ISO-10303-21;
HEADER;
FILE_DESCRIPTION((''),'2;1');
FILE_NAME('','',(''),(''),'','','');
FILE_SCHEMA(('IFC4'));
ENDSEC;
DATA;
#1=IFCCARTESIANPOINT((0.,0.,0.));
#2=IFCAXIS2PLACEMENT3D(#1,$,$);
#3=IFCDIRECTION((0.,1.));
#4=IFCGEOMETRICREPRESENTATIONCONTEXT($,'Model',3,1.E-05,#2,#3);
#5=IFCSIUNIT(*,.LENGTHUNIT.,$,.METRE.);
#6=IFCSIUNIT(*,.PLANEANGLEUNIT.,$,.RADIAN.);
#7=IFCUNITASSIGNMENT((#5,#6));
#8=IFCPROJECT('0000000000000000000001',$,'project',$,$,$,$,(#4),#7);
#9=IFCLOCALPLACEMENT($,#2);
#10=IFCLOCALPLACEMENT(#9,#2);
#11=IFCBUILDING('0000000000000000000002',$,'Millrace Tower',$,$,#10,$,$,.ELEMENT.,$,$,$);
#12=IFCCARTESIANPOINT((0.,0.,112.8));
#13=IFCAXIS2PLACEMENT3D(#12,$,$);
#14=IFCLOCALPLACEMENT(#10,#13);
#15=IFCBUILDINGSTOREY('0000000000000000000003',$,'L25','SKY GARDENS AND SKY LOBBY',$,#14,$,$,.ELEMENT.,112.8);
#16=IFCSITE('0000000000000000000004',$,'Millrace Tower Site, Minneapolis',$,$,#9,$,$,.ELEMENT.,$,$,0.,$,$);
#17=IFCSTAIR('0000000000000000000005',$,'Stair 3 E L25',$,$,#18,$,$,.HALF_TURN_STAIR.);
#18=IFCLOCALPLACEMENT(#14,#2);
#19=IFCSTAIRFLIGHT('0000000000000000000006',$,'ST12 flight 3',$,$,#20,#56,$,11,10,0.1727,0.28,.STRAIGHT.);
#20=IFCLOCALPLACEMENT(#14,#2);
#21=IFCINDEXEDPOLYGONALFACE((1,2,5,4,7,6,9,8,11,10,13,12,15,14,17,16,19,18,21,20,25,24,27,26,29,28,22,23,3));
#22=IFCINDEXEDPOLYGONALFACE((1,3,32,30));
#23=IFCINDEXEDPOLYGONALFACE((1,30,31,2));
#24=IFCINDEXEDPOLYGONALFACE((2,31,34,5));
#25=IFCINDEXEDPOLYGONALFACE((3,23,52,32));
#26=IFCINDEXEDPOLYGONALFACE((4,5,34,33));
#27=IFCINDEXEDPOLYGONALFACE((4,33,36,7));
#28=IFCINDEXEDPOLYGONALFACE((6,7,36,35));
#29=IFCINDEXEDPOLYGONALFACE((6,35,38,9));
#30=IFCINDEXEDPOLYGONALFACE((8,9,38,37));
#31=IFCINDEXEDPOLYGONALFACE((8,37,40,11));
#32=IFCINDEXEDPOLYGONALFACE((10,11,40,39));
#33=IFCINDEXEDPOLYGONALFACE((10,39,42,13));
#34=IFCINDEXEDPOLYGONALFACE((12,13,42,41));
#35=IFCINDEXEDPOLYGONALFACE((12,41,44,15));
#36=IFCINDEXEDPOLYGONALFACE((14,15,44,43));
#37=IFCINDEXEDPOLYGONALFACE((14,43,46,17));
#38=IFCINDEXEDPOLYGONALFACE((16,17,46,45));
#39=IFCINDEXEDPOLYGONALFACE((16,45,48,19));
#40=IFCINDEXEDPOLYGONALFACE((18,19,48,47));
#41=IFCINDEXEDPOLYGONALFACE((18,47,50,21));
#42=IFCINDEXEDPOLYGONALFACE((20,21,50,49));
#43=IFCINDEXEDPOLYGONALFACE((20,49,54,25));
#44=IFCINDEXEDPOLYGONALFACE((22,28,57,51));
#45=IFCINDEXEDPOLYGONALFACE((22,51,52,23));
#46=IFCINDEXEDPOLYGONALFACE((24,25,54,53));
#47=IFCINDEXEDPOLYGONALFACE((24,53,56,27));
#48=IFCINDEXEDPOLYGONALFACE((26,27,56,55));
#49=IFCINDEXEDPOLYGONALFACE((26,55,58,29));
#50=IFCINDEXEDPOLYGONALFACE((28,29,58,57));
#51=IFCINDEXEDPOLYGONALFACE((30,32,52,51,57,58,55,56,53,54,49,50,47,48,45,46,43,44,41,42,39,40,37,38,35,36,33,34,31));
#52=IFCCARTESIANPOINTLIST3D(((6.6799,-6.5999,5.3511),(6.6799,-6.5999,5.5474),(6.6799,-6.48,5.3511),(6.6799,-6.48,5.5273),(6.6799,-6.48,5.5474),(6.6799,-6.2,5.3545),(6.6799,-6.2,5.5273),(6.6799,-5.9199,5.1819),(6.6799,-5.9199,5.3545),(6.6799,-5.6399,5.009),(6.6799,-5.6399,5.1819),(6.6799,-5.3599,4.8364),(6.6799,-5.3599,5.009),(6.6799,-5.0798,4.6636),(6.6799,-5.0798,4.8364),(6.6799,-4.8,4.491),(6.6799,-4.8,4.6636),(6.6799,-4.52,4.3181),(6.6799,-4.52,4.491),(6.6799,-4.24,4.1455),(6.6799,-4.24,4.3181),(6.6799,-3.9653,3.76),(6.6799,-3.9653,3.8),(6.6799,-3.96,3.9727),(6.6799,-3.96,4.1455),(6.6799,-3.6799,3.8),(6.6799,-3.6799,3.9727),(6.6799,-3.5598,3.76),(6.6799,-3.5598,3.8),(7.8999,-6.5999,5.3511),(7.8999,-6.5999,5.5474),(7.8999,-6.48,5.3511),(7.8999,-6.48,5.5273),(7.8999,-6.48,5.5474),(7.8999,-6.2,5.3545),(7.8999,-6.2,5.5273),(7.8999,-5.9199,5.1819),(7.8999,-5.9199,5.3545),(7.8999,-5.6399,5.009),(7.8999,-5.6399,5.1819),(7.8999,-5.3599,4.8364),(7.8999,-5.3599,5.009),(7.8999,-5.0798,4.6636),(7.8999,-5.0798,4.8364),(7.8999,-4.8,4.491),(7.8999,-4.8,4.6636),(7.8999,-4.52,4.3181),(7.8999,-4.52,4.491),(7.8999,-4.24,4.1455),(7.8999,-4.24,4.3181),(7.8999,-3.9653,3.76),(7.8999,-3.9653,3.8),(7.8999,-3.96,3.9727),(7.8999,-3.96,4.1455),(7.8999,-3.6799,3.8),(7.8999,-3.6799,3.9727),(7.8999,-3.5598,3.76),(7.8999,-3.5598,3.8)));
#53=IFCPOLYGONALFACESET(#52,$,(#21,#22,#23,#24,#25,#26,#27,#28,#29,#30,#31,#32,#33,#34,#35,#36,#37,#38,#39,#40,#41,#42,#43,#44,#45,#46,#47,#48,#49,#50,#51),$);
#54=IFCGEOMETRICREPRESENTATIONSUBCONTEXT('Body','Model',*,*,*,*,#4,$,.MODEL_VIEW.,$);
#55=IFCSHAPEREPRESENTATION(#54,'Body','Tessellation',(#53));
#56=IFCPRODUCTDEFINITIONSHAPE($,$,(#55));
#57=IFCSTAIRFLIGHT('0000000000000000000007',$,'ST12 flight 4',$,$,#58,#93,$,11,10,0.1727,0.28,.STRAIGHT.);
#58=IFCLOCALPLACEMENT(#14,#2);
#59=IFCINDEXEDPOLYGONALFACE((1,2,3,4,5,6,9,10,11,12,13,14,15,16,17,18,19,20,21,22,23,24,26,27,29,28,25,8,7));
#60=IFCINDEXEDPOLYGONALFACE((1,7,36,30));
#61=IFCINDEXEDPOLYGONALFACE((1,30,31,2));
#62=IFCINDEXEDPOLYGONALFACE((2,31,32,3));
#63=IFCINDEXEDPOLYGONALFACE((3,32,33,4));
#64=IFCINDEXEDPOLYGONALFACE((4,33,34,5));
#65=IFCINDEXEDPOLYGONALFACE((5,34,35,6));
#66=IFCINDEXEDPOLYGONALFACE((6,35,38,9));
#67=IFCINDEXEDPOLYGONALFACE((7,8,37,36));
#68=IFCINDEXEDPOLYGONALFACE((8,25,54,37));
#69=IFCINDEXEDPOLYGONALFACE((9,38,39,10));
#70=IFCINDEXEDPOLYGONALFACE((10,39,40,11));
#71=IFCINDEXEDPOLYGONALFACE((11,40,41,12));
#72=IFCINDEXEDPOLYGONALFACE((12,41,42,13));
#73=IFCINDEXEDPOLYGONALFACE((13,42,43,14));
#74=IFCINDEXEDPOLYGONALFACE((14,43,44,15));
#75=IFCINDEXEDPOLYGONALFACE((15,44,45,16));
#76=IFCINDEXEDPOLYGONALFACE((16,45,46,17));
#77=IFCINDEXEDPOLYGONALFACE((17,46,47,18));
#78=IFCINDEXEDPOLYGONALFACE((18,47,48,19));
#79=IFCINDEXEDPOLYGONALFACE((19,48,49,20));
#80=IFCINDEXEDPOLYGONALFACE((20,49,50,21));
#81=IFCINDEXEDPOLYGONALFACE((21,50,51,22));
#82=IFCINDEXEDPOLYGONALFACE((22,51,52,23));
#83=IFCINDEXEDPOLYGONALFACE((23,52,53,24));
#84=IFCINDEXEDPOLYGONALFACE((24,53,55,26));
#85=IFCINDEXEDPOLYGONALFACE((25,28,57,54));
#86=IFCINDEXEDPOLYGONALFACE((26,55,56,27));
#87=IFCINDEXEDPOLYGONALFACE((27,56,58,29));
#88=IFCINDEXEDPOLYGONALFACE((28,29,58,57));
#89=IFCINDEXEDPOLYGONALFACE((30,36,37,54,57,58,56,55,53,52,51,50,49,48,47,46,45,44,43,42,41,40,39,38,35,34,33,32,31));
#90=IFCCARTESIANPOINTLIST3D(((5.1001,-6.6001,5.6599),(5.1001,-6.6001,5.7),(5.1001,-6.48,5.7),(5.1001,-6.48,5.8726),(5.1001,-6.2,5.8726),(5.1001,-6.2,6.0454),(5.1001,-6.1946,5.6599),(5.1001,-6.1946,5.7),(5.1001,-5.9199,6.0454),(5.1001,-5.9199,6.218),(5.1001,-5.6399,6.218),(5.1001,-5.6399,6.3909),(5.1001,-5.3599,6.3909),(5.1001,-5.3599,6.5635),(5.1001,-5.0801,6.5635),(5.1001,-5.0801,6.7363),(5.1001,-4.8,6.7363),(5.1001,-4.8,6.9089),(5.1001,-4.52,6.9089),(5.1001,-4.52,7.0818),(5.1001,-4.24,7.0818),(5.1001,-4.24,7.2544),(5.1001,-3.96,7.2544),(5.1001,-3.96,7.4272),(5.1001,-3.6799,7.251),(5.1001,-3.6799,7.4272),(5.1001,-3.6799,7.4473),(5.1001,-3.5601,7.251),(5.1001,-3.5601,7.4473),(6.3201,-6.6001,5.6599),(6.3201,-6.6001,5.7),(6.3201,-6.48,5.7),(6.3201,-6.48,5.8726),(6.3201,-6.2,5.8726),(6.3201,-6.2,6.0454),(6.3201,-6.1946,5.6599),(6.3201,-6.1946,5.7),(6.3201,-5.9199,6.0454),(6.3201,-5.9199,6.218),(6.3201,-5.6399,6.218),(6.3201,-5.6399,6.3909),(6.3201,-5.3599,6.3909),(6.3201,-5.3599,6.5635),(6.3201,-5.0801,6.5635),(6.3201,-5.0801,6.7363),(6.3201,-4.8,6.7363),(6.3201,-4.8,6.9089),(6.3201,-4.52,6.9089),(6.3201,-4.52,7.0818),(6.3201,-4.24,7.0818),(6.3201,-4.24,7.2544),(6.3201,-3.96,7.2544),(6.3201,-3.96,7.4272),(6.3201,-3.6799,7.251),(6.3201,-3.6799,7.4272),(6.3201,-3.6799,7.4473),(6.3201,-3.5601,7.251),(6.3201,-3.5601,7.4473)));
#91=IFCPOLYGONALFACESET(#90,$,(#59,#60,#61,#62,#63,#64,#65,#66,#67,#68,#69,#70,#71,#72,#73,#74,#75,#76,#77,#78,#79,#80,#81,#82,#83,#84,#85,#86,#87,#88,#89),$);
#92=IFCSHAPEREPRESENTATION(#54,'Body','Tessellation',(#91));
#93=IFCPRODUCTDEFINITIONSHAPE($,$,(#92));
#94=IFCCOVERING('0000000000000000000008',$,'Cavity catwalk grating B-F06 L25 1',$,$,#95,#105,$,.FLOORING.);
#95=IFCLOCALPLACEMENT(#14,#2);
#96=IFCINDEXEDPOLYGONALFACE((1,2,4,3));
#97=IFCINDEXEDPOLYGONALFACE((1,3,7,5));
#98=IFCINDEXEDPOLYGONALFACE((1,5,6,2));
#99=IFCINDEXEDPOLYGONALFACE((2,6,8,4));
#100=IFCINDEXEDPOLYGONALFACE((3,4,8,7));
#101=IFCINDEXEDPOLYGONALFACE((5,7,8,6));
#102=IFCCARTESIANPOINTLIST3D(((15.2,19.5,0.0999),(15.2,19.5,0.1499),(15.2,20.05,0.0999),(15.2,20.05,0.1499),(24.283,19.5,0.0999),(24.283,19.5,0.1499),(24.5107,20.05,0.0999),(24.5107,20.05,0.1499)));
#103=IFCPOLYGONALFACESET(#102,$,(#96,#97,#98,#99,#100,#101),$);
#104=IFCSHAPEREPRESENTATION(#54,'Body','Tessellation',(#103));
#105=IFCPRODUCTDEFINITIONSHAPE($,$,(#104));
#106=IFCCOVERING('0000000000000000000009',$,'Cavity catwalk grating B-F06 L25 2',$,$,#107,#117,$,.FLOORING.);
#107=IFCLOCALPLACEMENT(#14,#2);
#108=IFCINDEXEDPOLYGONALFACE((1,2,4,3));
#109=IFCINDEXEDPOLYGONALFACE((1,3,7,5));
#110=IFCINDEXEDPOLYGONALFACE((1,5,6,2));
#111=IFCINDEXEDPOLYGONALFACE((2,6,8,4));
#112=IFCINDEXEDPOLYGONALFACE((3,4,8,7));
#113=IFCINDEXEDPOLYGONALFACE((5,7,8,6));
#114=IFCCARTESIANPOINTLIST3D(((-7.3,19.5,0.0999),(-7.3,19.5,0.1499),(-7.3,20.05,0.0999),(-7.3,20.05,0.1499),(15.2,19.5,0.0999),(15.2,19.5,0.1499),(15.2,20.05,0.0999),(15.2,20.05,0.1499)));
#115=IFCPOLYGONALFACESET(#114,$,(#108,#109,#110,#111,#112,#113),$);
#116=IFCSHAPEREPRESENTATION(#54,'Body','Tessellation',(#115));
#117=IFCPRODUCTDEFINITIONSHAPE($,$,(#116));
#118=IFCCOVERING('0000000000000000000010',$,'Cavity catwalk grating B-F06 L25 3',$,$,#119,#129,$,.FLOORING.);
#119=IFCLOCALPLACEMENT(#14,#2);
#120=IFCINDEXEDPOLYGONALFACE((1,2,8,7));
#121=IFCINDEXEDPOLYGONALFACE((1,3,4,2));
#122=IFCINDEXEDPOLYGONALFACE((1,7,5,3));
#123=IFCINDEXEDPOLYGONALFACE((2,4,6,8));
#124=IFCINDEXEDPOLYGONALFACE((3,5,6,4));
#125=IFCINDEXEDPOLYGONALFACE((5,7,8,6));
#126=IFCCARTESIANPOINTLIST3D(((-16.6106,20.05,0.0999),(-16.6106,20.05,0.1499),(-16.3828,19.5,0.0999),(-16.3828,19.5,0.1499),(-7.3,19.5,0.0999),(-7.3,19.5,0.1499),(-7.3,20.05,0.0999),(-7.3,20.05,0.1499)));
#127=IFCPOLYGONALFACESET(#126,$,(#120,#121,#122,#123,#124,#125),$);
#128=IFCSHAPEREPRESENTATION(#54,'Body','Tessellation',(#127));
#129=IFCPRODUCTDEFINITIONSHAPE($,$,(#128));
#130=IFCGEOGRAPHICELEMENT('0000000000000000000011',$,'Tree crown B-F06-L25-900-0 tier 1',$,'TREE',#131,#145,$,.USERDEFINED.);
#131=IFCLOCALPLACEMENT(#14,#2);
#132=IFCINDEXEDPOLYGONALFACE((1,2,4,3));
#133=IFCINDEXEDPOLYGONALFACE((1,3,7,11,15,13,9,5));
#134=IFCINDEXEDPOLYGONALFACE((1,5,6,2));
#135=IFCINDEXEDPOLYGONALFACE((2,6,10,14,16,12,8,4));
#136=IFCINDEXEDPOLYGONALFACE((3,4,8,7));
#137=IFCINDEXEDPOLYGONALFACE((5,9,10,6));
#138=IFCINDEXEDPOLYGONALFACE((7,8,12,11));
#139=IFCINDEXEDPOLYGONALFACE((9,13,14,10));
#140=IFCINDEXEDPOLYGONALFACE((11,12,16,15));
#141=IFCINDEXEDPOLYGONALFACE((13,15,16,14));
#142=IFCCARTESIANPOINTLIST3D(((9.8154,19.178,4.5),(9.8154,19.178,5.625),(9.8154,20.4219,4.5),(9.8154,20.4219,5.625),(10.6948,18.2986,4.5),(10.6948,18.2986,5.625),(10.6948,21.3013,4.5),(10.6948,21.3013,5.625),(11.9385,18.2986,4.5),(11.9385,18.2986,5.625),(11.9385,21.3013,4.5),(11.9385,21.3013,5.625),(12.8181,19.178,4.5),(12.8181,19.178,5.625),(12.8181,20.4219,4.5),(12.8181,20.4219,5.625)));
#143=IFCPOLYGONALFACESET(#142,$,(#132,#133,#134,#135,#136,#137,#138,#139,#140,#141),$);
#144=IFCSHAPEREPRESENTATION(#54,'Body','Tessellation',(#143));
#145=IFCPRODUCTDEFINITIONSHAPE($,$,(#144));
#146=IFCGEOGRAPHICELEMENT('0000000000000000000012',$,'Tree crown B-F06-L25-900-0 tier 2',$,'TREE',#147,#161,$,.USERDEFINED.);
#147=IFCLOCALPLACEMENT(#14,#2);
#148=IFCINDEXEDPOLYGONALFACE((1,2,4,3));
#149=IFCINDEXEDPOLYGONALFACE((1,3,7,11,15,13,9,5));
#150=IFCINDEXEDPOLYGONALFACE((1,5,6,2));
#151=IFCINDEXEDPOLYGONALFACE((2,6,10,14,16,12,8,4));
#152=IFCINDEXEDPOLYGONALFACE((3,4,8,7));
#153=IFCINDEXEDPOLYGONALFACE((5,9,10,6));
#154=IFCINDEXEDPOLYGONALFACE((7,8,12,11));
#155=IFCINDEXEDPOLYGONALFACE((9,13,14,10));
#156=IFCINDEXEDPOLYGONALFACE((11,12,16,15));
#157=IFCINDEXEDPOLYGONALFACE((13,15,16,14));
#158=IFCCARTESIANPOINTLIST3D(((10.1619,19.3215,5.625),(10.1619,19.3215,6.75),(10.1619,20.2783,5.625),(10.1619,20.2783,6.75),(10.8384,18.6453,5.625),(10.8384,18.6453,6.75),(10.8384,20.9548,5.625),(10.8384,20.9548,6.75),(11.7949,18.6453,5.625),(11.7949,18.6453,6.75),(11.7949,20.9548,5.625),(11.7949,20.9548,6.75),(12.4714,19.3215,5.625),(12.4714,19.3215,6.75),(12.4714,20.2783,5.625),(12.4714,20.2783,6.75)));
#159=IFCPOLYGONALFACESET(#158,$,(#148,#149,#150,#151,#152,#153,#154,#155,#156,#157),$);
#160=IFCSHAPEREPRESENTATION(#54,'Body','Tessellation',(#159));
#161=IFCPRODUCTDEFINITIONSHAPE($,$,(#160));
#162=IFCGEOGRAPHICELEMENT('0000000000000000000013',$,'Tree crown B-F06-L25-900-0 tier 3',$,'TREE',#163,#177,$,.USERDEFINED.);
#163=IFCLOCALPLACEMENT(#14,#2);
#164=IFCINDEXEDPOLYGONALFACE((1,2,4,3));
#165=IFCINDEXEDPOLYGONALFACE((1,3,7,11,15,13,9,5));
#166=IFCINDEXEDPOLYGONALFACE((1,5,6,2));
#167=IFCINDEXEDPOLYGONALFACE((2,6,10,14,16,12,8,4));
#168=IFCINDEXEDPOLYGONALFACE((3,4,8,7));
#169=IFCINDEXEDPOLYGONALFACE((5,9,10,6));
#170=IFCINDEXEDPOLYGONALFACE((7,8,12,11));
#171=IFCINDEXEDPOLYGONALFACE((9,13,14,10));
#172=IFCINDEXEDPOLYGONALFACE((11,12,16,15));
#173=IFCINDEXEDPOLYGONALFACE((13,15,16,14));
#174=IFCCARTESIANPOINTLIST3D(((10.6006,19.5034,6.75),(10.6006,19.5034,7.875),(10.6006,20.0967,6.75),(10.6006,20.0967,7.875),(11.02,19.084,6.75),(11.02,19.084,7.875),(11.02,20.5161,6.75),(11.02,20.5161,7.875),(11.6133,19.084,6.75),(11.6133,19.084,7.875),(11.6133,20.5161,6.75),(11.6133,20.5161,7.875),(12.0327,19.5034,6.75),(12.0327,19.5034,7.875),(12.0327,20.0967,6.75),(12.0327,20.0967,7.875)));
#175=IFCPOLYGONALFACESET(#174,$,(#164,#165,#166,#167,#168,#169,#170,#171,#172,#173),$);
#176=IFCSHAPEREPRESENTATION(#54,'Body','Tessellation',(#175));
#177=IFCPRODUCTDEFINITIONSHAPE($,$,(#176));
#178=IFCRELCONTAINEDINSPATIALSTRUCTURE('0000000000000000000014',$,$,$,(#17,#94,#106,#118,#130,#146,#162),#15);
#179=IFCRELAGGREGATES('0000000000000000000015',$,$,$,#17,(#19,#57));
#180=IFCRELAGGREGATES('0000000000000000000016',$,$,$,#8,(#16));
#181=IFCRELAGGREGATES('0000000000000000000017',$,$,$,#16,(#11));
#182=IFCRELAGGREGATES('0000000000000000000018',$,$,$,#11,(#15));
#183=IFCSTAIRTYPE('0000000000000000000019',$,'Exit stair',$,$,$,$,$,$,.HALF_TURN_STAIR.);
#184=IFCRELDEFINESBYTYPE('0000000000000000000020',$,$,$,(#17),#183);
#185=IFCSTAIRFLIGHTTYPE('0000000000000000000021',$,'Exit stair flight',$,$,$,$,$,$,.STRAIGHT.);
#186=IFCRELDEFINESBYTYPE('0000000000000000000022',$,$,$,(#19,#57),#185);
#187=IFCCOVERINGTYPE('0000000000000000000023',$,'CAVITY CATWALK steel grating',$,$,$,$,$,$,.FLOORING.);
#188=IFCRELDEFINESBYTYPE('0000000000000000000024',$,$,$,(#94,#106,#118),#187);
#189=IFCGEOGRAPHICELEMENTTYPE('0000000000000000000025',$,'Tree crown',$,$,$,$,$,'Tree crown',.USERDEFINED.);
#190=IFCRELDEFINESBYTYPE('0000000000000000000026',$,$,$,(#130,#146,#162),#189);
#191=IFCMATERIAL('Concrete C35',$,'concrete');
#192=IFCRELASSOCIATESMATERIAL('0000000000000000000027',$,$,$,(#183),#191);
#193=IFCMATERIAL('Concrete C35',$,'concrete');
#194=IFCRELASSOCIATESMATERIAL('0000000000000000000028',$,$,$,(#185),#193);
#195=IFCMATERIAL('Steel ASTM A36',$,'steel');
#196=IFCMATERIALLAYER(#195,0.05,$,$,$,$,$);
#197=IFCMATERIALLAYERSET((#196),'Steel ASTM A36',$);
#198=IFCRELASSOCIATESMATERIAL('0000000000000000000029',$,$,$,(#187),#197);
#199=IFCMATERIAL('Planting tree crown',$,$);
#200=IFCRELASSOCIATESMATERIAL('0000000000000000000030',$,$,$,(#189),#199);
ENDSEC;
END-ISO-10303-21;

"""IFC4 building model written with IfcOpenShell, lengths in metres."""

from ifc_helpers import new_model, si_unit, direction, frame, origin, place, context, subcontext, project, spatial, polyline, outline, extrude, material, layer, layer_set, type_object, element, aggregate, save


model = new_model("IFC4")

# Units and contexts
model_context = context("Model", 3, precision=1e-05, world=origin(), true_north=direction((0.0, 1.0)))
body_context = subcontext(model_context, "Body", "Model", "MODEL_VIEW")
ifc_project = project(units=[si_unit("LENGTHUNIT", "METRE"), si_unit("PLANEANGLEUNIT", "RADIAN")], contexts=[model_context])

# Site, building, storey
site_placement = place(None, origin())
site = spatial("IfcSite", under=ifc_project, at=site_placement, Name="Millrace Tower Site, Minneapolis", CompositionType="ELEMENT", RefElevation=0.0)
building_placement = place(site_placement, origin())
building = spatial("IfcBuilding", under=site, at=building_placement, Name="Millrace Tower", CompositionType="ELEMENT")
storey_placement = place(building_placement, frame((0.0, 0.0, 112.8)))
storey = spatial("IfcBuildingStorey", under=building, at=storey_placement, Name="L25", Description="SKY GARDENS AND SKY LOBBY", CompositionType="ELEMENT", Elevation=112.8)

# Shared definitions
placement_1 = place(storey_placement, origin())

# Stair, stair flights
ifc_material_1 = material(Name="Concrete C35", Category="concrete")
stair_type = type_object("IfcStairType", Name="Exit stair", PredefinedType="HALF_TURN_STAIR", material=ifc_material_1)
ifc_material_2 = material(Name="Concrete C35", Category="concrete")
stair_flight_type = type_object("IfcStairFlightType", Name="Exit stair flight", PredefinedType="STRAIGHT", material=ifc_material_2)
stair_1 = element("IfcStair", 1, at=placement_1, inside=storey, type_object=stair_type, Name="Stair 3 E L25", PredefinedType="HALF_TURN_STAIR")
stair_flight_1_placement = place(storey_placement, frame((7.29, -3.6799, 3.8), z_axis=(0.0, 0.0, 1.0), x_axis=(0.0, -1.0, 0.0)))
stair_flight_1 = element("IfcStairFlight", 2, at=stair_flight_1_placement, type_object=stair_flight_type, Name="ST12 flight 3", NumberOfRisers=11, NumberOfTreads=10, PredefinedType="STRAIGHT", RiserHeight=0.1727, TreadLength=0.28, context=body_context, shape_type="SweptSolid", body=[
    extrude(outline(polyline([(-0.1201, -0.04), (-0.1201, 0.0), (0.0, 0.0), (0.0, 0.1726), (0.28, 0.1726), (0.28, 0.3455), (0.5601, 0.3455), (0.5601, 0.5181), (0.8401, 0.5181), (0.8401, 0.6909), (1.1201, 0.6909), (1.1201, 0.8635), (1.3999, 0.8635), (1.3999, 1.0364), (1.6799, 1.0364), (1.6799, 1.209), (1.96, 1.209), (1.96, 1.3818), (2.24, 1.3818), (2.24, 1.5544), (2.52, 1.5544), (2.52, 1.7273), (2.8, 1.7273), (2.8, 1.7473), (2.9199, 1.7473), (2.9199, 1.551), (2.8, 1.551), (0.2854, 0.0), (0.2854, -0.04), (-0.1201, -0.04)])), frame((0.0, 0.6099, 0.0), z_axis=(0.0, -1.0, 0.0), x_axis=(1.0, 0.0, 0.0)), (0.0, 0.0, 1.0), 1.22),
])
stair_flight_2_placement = place(storey_placement, frame((5.71, -6.48, 5.7), z_axis=(0.0, 0.0, 1.0), x_axis=(0.0, 1.0, 0.0)))
stair_flight_2 = element("IfcStairFlight", 3, at=stair_flight_2_placement, type_object=stair_flight_type, Name="ST12 flight 4", NumberOfRisers=11, NumberOfTreads=10, PredefinedType="STRAIGHT", RiserHeight=0.1727, TreadLength=0.28, context=body_context, shape_type="SweptSolid", body=[
    extrude(outline(polyline([(-0.1201, -0.04), (-0.1201, 0.0), (0.0, 0.0), (0.0, 0.1726), (0.28, 0.1726), (0.28, 0.3455), (0.5601, 0.3455), (0.5601, 0.5181), (0.8401, 0.5181), (0.8401, 0.6909), (1.1201, 0.6909), (1.1201, 0.8635), (1.3999, 0.8635), (1.3999, 1.0364), (1.6799, 1.0364), (1.6799, 1.209), (1.96, 1.209), (1.96, 1.3818), (2.24, 1.3818), (2.24, 1.5544), (2.52, 1.5544), (2.52, 1.7273), (2.8, 1.7273), (2.8, 1.7473), (2.9199, 1.7473), (2.9199, 1.551), (2.8, 1.551), (0.2854, 0.0), (0.2854, -0.04), (-0.1201, -0.04)])), frame((0.0, 0.6099, 0.0), z_axis=(0.0, -1.0, 0.0), x_axis=(1.0, 0.0, 0.0)), (0.0, 0.0, 1.0), 1.22),
])
aggregate(stair_1, [stair_flight_1, stair_flight_2])

# Coverings
ifc_material_3 = material(Name="Steel ASTM A36", Category="steel")
ifc_layer_1 = layer(ifc_material_3, 0.05)
ifc_layer_set_1 = layer_set([ifc_layer_1], Name="Steel ASTM A36")
covering_type = type_object("IfcCoveringType", Name="CAVITY CATWALK steel grating", PredefinedType="FLOORING", material=ifc_layer_set_1)
placement_2 = place(storey_placement, frame((0.0, 0.0, 0.0999)))
element("IfcCovering", 4, at=placement_2, inside=storey, type_object=covering_type, Name="Cavity catwalk grating B-F06 L25 1", PredefinedType="FLOORING", context=body_context, shape_type="SweptSolid", body=[
    extrude(outline(polyline([(24.5107, 20.05), (15.2, 20.05), (15.2, 19.5), (24.283, 19.5), (24.5107, 20.05)])), origin(), (0.0, 0.0, 1.0), 0.05),
])
element("IfcCovering", 5, at=placement_2, inside=storey, type_object=covering_type, Name="Cavity catwalk grating B-F06 L25 2", PredefinedType="FLOORING", context=body_context, shape_type="SweptSolid", body=[
    extrude(outline(polyline([(15.2, 20.05), (-7.3, 20.05), (-7.3, 19.5), (15.2, 19.5), (15.2, 20.05)])), origin(), (0.0, 0.0, 1.0), 0.05),
])
element("IfcCovering", 6, at=placement_2, inside=storey, type_object=covering_type, Name="Cavity catwalk grating B-F06 L25 3", PredefinedType="FLOORING", context=body_context, shape_type="SweptSolid", body=[
    extrude(outline(polyline([(-7.3, 20.05), (-16.6106, 20.05), (-16.3828, 19.5), (-7.3, 19.5), (-7.3, 20.05)])), origin(), (0.0, 0.0, 1.0), 0.05),
])

# Geographic elements
ifc_material_4 = material(Name="Planting tree crown")
geographic_element_type = type_object("IfcGeographicElementType", Name="Tree crown", ElementType="Tree crown", PredefinedType="USERDEFINED", material=ifc_material_4)
placement_3 = place(storey_placement, frame((0.0, 0.0, 4.5)))
element("IfcGeographicElement", 7, at=placement_3, inside=storey, type_object=geographic_element_type, Name="Tree crown B-F06-L25-900-0 tier 1", ObjectType="TREE", PredefinedType="USERDEFINED", context=body_context, shape_type="SweptSolid", body=[
    extrude(outline(polyline([(12.8181, 20.4219), (11.9385, 21.3013), (10.6948, 21.3013), (9.8154, 20.4219), (9.8154, 19.178), (10.6948, 18.2986), (11.9385, 18.2986), (12.8181, 19.178), (12.8181, 20.4219)])), origin(), (0.0, 0.0, 1.0), 1.125),
])
placement_4 = place(storey_placement, frame((0.0, 0.0, 5.625)))
element("IfcGeographicElement", 8, at=placement_4, inside=storey, type_object=geographic_element_type, Name="Tree crown B-F06-L25-900-0 tier 2", ObjectType="TREE", PredefinedType="USERDEFINED", context=body_context, shape_type="SweptSolid", body=[
    extrude(outline(polyline([(12.4714, 20.2783), (11.7949, 20.9548), (10.8384, 20.9548), (10.1619, 20.2783), (10.1619, 19.3215), (10.8384, 18.6453), (11.7949, 18.6453), (12.4714, 19.3215), (12.4714, 20.2783)])), origin(), (0.0, 0.0, 1.0), 1.125),
])
placement_5 = place(storey_placement, frame((0.0, 0.0, 6.75)))
element("IfcGeographicElement", 9, at=placement_5, inside=storey, type_object=geographic_element_type, Name="Tree crown B-F06-L25-900-0 tier 3", ObjectType="TREE", PredefinedType="USERDEFINED", context=body_context, shape_type="SweptSolid", body=[
    extrude(outline(polyline([(12.0327, 20.0967), (11.6133, 20.5161), (11.02, 20.5161), (10.6006, 20.0967), (10.6006, 19.5034), (11.02, 19.084), (11.6133, 19.084), (12.0327, 19.5034), (12.0327, 20.0967)])), origin(), (0.0, 0.0, 1.0), 1.125),
])

save(model, "model.ifc")
